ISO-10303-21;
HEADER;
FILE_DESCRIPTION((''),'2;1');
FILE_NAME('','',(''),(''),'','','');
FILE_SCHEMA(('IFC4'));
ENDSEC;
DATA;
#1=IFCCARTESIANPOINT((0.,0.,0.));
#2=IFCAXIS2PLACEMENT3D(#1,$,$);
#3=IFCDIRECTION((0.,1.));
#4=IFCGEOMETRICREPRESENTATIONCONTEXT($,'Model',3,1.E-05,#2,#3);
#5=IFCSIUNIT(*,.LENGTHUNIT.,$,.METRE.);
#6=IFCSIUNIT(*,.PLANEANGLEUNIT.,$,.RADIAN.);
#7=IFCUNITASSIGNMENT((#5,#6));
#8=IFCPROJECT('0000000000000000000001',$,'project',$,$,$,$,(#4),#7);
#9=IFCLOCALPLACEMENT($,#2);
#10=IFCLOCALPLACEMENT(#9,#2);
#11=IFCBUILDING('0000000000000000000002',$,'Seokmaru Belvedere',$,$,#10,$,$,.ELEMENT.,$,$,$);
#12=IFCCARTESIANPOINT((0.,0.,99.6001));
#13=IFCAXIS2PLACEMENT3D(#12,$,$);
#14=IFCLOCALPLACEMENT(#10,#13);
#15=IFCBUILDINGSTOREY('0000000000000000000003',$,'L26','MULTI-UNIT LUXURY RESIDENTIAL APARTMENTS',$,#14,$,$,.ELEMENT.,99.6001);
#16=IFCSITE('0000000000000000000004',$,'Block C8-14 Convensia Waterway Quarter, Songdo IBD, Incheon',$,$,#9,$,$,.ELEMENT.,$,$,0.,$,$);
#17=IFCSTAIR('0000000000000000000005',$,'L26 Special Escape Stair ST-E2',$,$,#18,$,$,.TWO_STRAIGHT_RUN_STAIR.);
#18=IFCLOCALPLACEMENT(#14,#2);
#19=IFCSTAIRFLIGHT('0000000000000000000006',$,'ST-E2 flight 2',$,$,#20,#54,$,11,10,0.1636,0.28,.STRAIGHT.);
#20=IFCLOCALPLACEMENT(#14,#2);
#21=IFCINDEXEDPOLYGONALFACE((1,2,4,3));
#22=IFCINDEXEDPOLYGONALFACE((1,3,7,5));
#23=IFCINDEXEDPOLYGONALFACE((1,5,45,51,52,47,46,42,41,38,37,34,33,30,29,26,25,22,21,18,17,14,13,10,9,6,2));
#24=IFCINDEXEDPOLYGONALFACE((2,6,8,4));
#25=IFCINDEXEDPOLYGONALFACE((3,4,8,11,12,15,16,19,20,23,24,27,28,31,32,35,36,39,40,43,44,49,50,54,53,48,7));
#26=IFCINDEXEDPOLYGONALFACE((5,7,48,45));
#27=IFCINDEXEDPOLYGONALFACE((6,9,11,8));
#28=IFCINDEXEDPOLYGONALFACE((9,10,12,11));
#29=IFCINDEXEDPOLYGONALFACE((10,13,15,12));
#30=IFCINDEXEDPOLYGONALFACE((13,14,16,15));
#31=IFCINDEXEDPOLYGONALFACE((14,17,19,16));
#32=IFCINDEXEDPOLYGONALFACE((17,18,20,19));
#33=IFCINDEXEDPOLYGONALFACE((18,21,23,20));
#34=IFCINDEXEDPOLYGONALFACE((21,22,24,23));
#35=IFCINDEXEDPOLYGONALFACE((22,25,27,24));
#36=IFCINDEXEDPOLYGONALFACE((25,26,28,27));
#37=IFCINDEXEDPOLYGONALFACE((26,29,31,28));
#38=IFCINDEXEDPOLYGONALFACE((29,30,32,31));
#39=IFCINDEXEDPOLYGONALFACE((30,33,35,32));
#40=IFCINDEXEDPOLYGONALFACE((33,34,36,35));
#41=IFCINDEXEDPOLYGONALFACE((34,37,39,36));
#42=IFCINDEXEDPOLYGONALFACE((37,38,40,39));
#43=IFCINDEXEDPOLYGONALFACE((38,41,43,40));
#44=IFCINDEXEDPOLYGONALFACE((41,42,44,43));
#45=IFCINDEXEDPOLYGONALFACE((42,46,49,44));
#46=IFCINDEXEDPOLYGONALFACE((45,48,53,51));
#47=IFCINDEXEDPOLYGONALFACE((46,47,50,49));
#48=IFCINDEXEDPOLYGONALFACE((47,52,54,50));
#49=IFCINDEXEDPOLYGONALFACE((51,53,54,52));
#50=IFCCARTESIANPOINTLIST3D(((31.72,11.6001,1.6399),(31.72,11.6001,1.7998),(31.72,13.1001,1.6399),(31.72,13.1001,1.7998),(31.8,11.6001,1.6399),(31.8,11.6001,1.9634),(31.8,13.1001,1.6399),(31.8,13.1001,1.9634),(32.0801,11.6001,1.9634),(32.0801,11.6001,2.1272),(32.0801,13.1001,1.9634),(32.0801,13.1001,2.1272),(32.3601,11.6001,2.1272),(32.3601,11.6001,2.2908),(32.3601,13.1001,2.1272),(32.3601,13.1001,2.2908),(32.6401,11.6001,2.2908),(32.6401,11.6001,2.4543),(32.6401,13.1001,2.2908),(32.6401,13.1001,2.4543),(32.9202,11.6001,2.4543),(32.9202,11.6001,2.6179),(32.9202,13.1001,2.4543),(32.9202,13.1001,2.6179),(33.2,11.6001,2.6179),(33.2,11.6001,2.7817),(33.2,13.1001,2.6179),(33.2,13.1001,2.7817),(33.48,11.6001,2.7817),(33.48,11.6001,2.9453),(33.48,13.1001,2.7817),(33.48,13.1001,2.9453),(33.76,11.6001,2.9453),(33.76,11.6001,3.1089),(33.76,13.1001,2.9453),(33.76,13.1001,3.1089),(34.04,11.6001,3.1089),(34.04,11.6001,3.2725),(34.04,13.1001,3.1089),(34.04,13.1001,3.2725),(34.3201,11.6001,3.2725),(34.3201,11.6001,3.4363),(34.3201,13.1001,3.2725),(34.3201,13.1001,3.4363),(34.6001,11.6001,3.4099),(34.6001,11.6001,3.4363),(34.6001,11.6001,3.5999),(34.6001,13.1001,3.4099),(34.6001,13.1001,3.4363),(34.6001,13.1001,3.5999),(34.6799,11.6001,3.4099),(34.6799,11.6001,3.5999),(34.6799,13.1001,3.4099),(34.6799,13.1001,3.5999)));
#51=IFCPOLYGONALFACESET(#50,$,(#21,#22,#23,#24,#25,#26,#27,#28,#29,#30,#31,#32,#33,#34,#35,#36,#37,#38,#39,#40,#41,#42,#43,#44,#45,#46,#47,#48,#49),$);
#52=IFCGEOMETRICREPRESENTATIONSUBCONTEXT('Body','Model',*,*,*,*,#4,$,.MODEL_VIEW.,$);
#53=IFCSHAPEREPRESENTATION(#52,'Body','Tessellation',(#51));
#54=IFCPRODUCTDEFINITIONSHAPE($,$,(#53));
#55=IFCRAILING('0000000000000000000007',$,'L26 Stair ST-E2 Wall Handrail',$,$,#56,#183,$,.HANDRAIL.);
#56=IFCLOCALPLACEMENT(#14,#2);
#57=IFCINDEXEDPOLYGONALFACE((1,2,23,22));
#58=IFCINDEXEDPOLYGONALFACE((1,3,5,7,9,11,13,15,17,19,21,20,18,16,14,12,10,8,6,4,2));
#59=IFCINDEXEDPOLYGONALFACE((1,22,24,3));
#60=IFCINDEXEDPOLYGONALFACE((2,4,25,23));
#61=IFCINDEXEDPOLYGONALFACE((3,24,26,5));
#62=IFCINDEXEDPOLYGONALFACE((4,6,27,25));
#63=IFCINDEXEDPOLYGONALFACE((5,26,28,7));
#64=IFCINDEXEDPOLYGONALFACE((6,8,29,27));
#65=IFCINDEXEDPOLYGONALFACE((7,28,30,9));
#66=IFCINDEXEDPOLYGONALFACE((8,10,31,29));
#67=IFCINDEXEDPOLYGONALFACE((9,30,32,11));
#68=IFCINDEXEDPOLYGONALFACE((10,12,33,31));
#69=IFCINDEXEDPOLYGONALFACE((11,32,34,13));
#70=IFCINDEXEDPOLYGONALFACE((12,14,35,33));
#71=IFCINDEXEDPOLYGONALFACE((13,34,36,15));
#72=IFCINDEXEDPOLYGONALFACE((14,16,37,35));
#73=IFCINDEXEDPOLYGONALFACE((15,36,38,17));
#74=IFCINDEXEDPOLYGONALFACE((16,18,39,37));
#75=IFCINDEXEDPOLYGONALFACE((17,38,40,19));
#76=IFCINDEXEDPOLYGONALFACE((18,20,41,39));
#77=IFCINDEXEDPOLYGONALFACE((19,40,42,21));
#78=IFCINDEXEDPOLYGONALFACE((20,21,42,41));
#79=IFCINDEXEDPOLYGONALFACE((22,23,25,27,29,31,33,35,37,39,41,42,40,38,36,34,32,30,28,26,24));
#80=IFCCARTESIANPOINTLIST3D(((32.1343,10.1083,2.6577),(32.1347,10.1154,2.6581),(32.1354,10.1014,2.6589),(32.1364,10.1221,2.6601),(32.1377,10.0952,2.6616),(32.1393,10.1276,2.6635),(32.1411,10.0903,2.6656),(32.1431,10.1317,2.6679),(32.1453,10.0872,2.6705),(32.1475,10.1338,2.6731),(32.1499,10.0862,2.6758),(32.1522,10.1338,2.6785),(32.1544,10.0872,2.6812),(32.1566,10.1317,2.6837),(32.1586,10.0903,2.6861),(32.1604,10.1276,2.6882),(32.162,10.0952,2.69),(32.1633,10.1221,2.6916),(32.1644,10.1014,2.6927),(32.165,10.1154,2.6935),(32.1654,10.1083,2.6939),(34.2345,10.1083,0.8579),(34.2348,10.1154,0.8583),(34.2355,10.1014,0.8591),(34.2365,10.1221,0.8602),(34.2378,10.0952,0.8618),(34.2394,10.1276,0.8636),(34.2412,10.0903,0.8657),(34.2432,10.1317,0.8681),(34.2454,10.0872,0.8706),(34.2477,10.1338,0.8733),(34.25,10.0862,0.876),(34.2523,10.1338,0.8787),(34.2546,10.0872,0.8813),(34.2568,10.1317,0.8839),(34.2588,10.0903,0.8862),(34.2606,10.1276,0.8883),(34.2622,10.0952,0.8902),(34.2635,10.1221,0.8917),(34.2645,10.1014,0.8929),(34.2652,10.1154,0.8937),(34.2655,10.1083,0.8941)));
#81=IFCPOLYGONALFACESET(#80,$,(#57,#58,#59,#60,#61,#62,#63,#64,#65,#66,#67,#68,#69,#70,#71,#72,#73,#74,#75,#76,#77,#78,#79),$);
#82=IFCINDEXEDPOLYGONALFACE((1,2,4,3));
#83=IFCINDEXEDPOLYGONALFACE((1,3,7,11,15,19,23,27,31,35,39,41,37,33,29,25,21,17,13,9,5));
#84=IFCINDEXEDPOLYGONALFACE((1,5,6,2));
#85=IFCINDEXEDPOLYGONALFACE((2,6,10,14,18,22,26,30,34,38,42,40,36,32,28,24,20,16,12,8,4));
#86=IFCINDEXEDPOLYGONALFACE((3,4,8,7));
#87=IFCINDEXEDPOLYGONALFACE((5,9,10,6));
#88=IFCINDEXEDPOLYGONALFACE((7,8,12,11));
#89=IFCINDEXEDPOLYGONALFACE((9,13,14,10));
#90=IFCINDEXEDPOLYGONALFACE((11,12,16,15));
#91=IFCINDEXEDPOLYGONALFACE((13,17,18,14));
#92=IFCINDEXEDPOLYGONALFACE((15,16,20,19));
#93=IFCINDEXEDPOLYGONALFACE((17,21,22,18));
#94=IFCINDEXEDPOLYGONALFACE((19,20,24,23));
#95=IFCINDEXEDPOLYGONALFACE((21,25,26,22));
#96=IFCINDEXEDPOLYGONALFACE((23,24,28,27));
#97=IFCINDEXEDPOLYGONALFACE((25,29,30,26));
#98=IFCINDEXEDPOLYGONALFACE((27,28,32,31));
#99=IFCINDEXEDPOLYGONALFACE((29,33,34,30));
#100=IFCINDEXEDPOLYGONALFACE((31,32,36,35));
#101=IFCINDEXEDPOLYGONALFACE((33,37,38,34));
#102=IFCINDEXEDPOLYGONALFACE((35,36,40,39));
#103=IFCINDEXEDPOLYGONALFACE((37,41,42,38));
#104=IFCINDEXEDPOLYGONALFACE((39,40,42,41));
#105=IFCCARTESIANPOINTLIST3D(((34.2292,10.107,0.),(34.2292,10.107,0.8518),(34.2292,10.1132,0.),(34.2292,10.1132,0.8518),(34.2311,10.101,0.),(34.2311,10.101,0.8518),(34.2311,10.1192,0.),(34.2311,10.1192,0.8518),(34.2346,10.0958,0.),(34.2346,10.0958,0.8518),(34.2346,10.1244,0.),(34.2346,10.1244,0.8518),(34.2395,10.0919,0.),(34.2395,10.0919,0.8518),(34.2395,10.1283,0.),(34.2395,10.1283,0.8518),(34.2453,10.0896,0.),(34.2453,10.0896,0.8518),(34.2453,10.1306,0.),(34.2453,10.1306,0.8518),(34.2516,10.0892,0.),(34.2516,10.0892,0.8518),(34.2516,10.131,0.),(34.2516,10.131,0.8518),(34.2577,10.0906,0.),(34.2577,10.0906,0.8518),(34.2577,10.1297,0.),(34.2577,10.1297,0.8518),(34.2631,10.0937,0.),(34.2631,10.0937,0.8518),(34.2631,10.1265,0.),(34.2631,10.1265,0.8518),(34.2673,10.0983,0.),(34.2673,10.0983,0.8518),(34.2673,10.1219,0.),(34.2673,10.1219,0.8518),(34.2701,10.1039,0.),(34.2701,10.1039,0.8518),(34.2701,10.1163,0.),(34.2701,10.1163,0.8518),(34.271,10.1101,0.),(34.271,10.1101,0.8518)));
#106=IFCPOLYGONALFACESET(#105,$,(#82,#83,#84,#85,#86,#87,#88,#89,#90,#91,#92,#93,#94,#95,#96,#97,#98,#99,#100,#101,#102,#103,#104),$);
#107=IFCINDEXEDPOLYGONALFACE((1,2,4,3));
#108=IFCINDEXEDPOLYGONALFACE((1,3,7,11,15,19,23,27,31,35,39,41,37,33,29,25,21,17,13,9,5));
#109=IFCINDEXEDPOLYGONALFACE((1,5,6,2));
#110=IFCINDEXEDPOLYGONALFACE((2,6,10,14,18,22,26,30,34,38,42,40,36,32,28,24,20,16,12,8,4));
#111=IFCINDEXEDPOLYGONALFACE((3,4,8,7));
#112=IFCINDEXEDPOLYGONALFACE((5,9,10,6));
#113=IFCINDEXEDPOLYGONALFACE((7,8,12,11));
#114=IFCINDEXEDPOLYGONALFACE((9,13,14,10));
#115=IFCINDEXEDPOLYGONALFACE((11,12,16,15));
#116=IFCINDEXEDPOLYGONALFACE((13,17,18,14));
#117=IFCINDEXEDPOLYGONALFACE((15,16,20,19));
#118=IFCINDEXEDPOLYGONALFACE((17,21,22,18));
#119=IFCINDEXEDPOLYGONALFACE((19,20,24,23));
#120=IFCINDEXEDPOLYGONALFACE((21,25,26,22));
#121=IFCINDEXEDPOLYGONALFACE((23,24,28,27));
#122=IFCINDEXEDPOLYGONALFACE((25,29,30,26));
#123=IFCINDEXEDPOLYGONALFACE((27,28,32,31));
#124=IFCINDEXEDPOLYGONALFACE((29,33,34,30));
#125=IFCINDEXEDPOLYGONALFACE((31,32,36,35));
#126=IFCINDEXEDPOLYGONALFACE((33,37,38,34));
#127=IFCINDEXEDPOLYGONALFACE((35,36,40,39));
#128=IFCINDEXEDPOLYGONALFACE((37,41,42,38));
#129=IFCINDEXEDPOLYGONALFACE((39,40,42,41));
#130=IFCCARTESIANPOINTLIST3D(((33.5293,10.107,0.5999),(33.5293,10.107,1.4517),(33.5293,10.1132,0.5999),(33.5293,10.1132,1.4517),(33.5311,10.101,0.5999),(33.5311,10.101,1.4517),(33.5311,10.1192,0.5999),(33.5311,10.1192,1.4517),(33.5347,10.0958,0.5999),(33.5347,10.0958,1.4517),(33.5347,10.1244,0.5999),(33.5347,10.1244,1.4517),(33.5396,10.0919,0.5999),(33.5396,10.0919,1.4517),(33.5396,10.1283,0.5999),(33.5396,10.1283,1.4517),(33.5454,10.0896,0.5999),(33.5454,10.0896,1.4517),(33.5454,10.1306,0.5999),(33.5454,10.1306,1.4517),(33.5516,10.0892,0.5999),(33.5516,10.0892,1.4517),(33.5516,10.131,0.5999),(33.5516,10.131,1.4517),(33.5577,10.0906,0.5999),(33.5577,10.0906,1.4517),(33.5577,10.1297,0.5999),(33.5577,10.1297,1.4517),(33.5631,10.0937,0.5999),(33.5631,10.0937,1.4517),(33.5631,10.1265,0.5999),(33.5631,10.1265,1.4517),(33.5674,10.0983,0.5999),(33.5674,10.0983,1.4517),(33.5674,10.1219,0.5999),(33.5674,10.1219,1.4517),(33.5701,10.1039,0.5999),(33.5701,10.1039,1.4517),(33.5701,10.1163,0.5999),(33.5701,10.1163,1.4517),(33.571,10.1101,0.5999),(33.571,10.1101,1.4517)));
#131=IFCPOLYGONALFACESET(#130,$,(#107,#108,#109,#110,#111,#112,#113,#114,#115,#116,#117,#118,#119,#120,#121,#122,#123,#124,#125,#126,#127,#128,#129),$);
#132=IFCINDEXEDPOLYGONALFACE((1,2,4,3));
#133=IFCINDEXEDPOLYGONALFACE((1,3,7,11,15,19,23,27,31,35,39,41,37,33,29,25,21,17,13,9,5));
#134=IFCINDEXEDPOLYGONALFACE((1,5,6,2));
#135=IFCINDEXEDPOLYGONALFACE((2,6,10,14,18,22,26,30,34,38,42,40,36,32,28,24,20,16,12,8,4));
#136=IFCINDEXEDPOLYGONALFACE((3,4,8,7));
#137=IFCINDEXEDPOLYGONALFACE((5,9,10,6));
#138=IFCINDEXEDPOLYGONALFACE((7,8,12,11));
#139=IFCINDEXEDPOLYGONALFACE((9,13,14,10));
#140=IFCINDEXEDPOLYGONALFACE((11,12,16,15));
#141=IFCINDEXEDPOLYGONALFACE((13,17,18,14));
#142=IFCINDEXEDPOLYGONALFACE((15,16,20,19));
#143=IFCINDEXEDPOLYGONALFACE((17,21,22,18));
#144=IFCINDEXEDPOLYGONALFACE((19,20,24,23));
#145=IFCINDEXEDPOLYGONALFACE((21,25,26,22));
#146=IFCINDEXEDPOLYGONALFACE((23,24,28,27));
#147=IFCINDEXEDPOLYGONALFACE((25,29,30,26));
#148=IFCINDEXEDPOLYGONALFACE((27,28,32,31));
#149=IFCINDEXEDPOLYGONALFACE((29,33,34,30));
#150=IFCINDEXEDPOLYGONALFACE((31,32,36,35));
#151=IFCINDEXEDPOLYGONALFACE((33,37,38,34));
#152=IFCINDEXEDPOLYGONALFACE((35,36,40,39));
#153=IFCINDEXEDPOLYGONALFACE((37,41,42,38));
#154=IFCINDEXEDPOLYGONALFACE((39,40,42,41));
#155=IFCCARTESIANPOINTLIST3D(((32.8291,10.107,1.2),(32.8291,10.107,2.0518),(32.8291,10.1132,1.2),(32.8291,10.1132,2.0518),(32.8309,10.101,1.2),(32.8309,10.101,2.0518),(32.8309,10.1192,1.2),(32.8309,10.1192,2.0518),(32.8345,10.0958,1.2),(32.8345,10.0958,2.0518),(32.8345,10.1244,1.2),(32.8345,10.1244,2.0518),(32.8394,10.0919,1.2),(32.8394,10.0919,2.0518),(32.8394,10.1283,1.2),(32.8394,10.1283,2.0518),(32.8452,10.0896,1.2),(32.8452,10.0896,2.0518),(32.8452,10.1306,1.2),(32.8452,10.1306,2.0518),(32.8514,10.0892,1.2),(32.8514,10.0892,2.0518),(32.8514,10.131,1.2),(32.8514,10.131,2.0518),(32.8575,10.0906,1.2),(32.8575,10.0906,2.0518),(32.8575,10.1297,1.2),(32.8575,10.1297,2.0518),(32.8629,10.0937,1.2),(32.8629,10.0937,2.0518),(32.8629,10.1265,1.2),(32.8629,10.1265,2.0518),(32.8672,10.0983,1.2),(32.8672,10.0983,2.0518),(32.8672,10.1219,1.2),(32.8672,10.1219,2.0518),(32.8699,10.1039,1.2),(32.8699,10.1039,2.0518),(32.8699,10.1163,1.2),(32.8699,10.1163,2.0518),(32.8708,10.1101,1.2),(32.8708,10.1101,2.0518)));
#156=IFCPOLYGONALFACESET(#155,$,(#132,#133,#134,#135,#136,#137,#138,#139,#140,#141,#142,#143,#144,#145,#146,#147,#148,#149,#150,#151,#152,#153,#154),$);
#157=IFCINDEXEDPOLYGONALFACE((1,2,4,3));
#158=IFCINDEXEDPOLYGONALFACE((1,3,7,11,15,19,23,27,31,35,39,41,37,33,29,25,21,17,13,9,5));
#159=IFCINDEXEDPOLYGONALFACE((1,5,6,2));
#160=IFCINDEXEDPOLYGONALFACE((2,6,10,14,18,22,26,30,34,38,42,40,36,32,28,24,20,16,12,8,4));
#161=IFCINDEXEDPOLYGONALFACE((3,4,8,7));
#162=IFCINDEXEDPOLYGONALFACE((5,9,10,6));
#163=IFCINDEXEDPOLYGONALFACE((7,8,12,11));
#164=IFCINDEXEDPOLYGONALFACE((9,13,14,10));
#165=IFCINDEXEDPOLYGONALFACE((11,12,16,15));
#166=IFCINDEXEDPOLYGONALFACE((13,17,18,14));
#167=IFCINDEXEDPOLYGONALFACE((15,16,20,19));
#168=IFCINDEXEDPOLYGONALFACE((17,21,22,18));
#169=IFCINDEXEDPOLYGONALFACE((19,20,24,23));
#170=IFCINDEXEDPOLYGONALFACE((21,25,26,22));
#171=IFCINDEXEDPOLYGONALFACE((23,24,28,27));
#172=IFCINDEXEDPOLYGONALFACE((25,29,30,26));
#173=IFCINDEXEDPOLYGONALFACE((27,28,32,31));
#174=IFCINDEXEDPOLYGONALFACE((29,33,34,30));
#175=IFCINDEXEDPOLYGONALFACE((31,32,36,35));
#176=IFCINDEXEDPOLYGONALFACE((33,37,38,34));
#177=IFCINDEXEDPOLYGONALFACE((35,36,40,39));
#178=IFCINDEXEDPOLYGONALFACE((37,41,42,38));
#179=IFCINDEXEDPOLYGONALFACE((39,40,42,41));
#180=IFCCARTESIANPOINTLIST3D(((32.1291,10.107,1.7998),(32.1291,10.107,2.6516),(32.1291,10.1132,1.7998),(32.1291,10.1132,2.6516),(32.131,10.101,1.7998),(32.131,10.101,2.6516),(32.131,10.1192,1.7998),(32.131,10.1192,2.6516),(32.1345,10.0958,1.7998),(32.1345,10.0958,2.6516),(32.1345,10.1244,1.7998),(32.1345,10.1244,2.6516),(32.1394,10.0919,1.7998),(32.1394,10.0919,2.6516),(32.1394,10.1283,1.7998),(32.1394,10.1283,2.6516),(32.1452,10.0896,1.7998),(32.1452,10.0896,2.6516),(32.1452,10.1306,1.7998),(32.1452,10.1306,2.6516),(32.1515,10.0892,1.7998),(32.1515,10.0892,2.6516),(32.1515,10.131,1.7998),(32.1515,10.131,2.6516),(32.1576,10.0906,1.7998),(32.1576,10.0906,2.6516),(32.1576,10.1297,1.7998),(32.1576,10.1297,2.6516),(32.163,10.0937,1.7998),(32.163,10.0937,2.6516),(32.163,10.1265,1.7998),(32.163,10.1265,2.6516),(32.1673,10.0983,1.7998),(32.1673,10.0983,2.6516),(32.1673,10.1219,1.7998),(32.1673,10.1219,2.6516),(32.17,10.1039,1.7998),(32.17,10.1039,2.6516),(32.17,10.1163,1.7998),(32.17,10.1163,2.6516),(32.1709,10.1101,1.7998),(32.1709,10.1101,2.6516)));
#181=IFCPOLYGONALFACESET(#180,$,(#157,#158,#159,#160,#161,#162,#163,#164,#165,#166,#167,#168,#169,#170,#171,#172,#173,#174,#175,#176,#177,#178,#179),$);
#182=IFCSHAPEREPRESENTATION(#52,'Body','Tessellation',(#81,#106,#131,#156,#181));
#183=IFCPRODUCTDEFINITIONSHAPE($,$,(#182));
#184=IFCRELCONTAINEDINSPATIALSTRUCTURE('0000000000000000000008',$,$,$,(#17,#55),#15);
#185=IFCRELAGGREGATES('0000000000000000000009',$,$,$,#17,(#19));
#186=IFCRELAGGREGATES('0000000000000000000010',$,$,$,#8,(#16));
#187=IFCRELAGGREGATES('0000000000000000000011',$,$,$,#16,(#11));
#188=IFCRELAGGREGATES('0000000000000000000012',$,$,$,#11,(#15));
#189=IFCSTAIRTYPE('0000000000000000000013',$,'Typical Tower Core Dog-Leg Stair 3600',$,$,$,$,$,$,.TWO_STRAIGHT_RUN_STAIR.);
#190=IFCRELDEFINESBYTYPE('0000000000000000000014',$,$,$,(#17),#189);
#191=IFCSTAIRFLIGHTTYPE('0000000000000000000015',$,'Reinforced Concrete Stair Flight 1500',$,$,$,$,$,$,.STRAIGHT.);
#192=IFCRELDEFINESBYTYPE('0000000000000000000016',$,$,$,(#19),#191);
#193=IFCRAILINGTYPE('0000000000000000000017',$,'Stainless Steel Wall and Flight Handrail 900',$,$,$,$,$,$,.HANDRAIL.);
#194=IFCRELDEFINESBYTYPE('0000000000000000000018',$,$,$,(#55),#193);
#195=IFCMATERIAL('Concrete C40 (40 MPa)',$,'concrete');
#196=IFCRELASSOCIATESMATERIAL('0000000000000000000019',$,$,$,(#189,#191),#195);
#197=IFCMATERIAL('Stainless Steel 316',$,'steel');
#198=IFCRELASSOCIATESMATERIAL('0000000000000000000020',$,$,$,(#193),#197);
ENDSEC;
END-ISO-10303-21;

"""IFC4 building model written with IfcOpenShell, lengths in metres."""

from ifc_helpers import new_model, si_unit, direction, frame, origin, origin_2d, place, context, subcontext, project, spatial, polyline, circle, outline, extrude, material, type_object, element, aggregate, save


model = new_model("IFC4")

# Units and contexts
model_context = context("Model", 3, precision=1e-05, world=origin(), true_north=direction((0.0, 1.0)))
body_context = subcontext(model_context, "Body", "Model", "MODEL_VIEW")
ifc_project = project(units=[si_unit("LENGTHUNIT", "METRE"), si_unit("PLANEANGLEUNIT", "RADIAN")], contexts=[model_context])

# Site, building, storey
site_placement = place(None, origin())
site = spatial("IfcSite", under=ifc_project, at=site_placement, Name="Block C8-14 Convensia Waterway Quarter, Songdo IBD, Incheon", CompositionType="ELEMENT", RefElevation=0.0)
building_placement = place(site_placement, origin())
building = spatial("IfcBuilding", under=site, at=building_placement, Name="Seokmaru Belvedere", CompositionType="ELEMENT")
storey_placement = place(building_placement, frame((0.0, 0.0, 99.6001)))
storey = spatial("IfcBuildingStorey", under=building, at=storey_placement, Name="L26", Description="MULTI-UNIT LUXURY RESIDENTIAL APARTMENTS", CompositionType="ELEMENT", Elevation=99.6001)

# Stair, stair flight
ifc_material_1 = material(Name="Concrete C40 (40 MPa)", Category="concrete")
stair_type = type_object("IfcStairType", Name="Typical Tower Core Dog-Leg Stair 3600", PredefinedType="TWO_STRAIGHT_RUN_STAIR", material=ifc_material_1)
stair_placement = place(storey_placement, origin())
stair = element("IfcStair", 1, at=stair_placement, inside=storey, type_object=stair_type, Name="L26 Special Escape Stair ST-E2", PredefinedType="TWO_STRAIGHT_RUN_STAIR")
stair_flight_type = type_object("IfcStairFlightType", Name="Reinforced Concrete Stair Flight 1500", PredefinedType="STRAIGHT", material=ifc_material_1)
stair_flight_1_placement = place(storey_placement, frame((31.8, 12.3501, 1.7998), z_axis=(0.0, 0.0, 1.0), x_axis=(1.0, 0.0, 0.0)))
stair_flight_1 = element("IfcStairFlight", 2, at=stair_flight_1_placement, type_object=stair_flight_type, Name="ST-E2 flight 2", NumberOfRisers=11, NumberOfTreads=10, PredefinedType="STRAIGHT", RiserHeight=0.1636, TreadLength=0.28, context=body_context, shape_type="SweptSolid", body=[
    extrude(outline(polyline([(-0.0801, 0.0), (0.0, 0.1636), (0.28, 0.1636), (0.28, 0.3274), (0.5601, 0.3274), (0.5601, 0.491), (0.8401, 0.491), (0.8401, 0.6545), (1.1201, 0.6545), (1.1201, 0.8181), (1.3999, 0.8181), (1.3999, 0.9819), (1.6799, 0.9819), (1.6799, 1.1455), (1.96, 1.1455), (1.96, 1.3091), (2.24, 1.3091), (2.24, 1.4727), (2.52, 1.4727), (2.52, 1.6365), (2.8, 1.6365), (2.8, 1.8), (2.8799, 1.8), (2.8799, 1.6101), (2.8, 1.6101), (0.0, -0.1599), (-0.0801, -0.1599), (-0.0801, 0.0)])), frame((0.0, 0.75, 0.0), z_axis=(0.0, -1.0, 0.0), x_axis=(1.0, 0.0, 0.0)), (0.0, 0.0, 1.0), 1.5),
])
aggregate(stair, [stair_flight_1])

# Railing
ifc_material_2 = material(Name="Stainless Steel 316", Category="steel")
railing_type_1 = type_object("IfcRailingType", Name="Stainless Steel Wall and Flight Handrail 900", PredefinedType="HANDRAIL", material=ifc_material_2)
railing_1_placement = place(storey_placement, frame((34.25, 10.1101, 0.0)))
element("IfcRailing", 3, at=railing_1_placement, inside=storey, type_object=railing_type_1, Name="L26 Stair ST-E2 Wall Handrail", PredefinedType="HANDRAIL", context=body_context, shape_type="SweptSolid", body=[
    extrude(circle(Radius=0.0239, at=origin_2d()), frame((0.0, 0.0, 0.876), z_axis=(-0.759306, 0.0, 0.650733), x_axis=(0.0, -1.0, 0.0)), (0.0, 0.0, 1.0), 2.7659),
    extrude(circle(Radius=0.021, at=origin_2d()), origin(), (0.0, 0.0, 1.0), 0.8518),
    extrude(circle(Radius=0.021, at=origin_2d()), frame((-0.7, 0.0, 0.5999)), (0.0, 0.0, 1.0), 0.8518),
    extrude(circle(Radius=0.021, at=origin_2d()), frame((-1.4001, 0.0, 1.2)), (0.0, 0.0, 1.0), 0.8518),
    extrude(circle(Radius=0.021, at=origin_2d()), frame((-2.1001, 0.0, 1.7998)), (0.0, 0.0, 1.0), 0.8518),
])

save(model, "model.ifc")
